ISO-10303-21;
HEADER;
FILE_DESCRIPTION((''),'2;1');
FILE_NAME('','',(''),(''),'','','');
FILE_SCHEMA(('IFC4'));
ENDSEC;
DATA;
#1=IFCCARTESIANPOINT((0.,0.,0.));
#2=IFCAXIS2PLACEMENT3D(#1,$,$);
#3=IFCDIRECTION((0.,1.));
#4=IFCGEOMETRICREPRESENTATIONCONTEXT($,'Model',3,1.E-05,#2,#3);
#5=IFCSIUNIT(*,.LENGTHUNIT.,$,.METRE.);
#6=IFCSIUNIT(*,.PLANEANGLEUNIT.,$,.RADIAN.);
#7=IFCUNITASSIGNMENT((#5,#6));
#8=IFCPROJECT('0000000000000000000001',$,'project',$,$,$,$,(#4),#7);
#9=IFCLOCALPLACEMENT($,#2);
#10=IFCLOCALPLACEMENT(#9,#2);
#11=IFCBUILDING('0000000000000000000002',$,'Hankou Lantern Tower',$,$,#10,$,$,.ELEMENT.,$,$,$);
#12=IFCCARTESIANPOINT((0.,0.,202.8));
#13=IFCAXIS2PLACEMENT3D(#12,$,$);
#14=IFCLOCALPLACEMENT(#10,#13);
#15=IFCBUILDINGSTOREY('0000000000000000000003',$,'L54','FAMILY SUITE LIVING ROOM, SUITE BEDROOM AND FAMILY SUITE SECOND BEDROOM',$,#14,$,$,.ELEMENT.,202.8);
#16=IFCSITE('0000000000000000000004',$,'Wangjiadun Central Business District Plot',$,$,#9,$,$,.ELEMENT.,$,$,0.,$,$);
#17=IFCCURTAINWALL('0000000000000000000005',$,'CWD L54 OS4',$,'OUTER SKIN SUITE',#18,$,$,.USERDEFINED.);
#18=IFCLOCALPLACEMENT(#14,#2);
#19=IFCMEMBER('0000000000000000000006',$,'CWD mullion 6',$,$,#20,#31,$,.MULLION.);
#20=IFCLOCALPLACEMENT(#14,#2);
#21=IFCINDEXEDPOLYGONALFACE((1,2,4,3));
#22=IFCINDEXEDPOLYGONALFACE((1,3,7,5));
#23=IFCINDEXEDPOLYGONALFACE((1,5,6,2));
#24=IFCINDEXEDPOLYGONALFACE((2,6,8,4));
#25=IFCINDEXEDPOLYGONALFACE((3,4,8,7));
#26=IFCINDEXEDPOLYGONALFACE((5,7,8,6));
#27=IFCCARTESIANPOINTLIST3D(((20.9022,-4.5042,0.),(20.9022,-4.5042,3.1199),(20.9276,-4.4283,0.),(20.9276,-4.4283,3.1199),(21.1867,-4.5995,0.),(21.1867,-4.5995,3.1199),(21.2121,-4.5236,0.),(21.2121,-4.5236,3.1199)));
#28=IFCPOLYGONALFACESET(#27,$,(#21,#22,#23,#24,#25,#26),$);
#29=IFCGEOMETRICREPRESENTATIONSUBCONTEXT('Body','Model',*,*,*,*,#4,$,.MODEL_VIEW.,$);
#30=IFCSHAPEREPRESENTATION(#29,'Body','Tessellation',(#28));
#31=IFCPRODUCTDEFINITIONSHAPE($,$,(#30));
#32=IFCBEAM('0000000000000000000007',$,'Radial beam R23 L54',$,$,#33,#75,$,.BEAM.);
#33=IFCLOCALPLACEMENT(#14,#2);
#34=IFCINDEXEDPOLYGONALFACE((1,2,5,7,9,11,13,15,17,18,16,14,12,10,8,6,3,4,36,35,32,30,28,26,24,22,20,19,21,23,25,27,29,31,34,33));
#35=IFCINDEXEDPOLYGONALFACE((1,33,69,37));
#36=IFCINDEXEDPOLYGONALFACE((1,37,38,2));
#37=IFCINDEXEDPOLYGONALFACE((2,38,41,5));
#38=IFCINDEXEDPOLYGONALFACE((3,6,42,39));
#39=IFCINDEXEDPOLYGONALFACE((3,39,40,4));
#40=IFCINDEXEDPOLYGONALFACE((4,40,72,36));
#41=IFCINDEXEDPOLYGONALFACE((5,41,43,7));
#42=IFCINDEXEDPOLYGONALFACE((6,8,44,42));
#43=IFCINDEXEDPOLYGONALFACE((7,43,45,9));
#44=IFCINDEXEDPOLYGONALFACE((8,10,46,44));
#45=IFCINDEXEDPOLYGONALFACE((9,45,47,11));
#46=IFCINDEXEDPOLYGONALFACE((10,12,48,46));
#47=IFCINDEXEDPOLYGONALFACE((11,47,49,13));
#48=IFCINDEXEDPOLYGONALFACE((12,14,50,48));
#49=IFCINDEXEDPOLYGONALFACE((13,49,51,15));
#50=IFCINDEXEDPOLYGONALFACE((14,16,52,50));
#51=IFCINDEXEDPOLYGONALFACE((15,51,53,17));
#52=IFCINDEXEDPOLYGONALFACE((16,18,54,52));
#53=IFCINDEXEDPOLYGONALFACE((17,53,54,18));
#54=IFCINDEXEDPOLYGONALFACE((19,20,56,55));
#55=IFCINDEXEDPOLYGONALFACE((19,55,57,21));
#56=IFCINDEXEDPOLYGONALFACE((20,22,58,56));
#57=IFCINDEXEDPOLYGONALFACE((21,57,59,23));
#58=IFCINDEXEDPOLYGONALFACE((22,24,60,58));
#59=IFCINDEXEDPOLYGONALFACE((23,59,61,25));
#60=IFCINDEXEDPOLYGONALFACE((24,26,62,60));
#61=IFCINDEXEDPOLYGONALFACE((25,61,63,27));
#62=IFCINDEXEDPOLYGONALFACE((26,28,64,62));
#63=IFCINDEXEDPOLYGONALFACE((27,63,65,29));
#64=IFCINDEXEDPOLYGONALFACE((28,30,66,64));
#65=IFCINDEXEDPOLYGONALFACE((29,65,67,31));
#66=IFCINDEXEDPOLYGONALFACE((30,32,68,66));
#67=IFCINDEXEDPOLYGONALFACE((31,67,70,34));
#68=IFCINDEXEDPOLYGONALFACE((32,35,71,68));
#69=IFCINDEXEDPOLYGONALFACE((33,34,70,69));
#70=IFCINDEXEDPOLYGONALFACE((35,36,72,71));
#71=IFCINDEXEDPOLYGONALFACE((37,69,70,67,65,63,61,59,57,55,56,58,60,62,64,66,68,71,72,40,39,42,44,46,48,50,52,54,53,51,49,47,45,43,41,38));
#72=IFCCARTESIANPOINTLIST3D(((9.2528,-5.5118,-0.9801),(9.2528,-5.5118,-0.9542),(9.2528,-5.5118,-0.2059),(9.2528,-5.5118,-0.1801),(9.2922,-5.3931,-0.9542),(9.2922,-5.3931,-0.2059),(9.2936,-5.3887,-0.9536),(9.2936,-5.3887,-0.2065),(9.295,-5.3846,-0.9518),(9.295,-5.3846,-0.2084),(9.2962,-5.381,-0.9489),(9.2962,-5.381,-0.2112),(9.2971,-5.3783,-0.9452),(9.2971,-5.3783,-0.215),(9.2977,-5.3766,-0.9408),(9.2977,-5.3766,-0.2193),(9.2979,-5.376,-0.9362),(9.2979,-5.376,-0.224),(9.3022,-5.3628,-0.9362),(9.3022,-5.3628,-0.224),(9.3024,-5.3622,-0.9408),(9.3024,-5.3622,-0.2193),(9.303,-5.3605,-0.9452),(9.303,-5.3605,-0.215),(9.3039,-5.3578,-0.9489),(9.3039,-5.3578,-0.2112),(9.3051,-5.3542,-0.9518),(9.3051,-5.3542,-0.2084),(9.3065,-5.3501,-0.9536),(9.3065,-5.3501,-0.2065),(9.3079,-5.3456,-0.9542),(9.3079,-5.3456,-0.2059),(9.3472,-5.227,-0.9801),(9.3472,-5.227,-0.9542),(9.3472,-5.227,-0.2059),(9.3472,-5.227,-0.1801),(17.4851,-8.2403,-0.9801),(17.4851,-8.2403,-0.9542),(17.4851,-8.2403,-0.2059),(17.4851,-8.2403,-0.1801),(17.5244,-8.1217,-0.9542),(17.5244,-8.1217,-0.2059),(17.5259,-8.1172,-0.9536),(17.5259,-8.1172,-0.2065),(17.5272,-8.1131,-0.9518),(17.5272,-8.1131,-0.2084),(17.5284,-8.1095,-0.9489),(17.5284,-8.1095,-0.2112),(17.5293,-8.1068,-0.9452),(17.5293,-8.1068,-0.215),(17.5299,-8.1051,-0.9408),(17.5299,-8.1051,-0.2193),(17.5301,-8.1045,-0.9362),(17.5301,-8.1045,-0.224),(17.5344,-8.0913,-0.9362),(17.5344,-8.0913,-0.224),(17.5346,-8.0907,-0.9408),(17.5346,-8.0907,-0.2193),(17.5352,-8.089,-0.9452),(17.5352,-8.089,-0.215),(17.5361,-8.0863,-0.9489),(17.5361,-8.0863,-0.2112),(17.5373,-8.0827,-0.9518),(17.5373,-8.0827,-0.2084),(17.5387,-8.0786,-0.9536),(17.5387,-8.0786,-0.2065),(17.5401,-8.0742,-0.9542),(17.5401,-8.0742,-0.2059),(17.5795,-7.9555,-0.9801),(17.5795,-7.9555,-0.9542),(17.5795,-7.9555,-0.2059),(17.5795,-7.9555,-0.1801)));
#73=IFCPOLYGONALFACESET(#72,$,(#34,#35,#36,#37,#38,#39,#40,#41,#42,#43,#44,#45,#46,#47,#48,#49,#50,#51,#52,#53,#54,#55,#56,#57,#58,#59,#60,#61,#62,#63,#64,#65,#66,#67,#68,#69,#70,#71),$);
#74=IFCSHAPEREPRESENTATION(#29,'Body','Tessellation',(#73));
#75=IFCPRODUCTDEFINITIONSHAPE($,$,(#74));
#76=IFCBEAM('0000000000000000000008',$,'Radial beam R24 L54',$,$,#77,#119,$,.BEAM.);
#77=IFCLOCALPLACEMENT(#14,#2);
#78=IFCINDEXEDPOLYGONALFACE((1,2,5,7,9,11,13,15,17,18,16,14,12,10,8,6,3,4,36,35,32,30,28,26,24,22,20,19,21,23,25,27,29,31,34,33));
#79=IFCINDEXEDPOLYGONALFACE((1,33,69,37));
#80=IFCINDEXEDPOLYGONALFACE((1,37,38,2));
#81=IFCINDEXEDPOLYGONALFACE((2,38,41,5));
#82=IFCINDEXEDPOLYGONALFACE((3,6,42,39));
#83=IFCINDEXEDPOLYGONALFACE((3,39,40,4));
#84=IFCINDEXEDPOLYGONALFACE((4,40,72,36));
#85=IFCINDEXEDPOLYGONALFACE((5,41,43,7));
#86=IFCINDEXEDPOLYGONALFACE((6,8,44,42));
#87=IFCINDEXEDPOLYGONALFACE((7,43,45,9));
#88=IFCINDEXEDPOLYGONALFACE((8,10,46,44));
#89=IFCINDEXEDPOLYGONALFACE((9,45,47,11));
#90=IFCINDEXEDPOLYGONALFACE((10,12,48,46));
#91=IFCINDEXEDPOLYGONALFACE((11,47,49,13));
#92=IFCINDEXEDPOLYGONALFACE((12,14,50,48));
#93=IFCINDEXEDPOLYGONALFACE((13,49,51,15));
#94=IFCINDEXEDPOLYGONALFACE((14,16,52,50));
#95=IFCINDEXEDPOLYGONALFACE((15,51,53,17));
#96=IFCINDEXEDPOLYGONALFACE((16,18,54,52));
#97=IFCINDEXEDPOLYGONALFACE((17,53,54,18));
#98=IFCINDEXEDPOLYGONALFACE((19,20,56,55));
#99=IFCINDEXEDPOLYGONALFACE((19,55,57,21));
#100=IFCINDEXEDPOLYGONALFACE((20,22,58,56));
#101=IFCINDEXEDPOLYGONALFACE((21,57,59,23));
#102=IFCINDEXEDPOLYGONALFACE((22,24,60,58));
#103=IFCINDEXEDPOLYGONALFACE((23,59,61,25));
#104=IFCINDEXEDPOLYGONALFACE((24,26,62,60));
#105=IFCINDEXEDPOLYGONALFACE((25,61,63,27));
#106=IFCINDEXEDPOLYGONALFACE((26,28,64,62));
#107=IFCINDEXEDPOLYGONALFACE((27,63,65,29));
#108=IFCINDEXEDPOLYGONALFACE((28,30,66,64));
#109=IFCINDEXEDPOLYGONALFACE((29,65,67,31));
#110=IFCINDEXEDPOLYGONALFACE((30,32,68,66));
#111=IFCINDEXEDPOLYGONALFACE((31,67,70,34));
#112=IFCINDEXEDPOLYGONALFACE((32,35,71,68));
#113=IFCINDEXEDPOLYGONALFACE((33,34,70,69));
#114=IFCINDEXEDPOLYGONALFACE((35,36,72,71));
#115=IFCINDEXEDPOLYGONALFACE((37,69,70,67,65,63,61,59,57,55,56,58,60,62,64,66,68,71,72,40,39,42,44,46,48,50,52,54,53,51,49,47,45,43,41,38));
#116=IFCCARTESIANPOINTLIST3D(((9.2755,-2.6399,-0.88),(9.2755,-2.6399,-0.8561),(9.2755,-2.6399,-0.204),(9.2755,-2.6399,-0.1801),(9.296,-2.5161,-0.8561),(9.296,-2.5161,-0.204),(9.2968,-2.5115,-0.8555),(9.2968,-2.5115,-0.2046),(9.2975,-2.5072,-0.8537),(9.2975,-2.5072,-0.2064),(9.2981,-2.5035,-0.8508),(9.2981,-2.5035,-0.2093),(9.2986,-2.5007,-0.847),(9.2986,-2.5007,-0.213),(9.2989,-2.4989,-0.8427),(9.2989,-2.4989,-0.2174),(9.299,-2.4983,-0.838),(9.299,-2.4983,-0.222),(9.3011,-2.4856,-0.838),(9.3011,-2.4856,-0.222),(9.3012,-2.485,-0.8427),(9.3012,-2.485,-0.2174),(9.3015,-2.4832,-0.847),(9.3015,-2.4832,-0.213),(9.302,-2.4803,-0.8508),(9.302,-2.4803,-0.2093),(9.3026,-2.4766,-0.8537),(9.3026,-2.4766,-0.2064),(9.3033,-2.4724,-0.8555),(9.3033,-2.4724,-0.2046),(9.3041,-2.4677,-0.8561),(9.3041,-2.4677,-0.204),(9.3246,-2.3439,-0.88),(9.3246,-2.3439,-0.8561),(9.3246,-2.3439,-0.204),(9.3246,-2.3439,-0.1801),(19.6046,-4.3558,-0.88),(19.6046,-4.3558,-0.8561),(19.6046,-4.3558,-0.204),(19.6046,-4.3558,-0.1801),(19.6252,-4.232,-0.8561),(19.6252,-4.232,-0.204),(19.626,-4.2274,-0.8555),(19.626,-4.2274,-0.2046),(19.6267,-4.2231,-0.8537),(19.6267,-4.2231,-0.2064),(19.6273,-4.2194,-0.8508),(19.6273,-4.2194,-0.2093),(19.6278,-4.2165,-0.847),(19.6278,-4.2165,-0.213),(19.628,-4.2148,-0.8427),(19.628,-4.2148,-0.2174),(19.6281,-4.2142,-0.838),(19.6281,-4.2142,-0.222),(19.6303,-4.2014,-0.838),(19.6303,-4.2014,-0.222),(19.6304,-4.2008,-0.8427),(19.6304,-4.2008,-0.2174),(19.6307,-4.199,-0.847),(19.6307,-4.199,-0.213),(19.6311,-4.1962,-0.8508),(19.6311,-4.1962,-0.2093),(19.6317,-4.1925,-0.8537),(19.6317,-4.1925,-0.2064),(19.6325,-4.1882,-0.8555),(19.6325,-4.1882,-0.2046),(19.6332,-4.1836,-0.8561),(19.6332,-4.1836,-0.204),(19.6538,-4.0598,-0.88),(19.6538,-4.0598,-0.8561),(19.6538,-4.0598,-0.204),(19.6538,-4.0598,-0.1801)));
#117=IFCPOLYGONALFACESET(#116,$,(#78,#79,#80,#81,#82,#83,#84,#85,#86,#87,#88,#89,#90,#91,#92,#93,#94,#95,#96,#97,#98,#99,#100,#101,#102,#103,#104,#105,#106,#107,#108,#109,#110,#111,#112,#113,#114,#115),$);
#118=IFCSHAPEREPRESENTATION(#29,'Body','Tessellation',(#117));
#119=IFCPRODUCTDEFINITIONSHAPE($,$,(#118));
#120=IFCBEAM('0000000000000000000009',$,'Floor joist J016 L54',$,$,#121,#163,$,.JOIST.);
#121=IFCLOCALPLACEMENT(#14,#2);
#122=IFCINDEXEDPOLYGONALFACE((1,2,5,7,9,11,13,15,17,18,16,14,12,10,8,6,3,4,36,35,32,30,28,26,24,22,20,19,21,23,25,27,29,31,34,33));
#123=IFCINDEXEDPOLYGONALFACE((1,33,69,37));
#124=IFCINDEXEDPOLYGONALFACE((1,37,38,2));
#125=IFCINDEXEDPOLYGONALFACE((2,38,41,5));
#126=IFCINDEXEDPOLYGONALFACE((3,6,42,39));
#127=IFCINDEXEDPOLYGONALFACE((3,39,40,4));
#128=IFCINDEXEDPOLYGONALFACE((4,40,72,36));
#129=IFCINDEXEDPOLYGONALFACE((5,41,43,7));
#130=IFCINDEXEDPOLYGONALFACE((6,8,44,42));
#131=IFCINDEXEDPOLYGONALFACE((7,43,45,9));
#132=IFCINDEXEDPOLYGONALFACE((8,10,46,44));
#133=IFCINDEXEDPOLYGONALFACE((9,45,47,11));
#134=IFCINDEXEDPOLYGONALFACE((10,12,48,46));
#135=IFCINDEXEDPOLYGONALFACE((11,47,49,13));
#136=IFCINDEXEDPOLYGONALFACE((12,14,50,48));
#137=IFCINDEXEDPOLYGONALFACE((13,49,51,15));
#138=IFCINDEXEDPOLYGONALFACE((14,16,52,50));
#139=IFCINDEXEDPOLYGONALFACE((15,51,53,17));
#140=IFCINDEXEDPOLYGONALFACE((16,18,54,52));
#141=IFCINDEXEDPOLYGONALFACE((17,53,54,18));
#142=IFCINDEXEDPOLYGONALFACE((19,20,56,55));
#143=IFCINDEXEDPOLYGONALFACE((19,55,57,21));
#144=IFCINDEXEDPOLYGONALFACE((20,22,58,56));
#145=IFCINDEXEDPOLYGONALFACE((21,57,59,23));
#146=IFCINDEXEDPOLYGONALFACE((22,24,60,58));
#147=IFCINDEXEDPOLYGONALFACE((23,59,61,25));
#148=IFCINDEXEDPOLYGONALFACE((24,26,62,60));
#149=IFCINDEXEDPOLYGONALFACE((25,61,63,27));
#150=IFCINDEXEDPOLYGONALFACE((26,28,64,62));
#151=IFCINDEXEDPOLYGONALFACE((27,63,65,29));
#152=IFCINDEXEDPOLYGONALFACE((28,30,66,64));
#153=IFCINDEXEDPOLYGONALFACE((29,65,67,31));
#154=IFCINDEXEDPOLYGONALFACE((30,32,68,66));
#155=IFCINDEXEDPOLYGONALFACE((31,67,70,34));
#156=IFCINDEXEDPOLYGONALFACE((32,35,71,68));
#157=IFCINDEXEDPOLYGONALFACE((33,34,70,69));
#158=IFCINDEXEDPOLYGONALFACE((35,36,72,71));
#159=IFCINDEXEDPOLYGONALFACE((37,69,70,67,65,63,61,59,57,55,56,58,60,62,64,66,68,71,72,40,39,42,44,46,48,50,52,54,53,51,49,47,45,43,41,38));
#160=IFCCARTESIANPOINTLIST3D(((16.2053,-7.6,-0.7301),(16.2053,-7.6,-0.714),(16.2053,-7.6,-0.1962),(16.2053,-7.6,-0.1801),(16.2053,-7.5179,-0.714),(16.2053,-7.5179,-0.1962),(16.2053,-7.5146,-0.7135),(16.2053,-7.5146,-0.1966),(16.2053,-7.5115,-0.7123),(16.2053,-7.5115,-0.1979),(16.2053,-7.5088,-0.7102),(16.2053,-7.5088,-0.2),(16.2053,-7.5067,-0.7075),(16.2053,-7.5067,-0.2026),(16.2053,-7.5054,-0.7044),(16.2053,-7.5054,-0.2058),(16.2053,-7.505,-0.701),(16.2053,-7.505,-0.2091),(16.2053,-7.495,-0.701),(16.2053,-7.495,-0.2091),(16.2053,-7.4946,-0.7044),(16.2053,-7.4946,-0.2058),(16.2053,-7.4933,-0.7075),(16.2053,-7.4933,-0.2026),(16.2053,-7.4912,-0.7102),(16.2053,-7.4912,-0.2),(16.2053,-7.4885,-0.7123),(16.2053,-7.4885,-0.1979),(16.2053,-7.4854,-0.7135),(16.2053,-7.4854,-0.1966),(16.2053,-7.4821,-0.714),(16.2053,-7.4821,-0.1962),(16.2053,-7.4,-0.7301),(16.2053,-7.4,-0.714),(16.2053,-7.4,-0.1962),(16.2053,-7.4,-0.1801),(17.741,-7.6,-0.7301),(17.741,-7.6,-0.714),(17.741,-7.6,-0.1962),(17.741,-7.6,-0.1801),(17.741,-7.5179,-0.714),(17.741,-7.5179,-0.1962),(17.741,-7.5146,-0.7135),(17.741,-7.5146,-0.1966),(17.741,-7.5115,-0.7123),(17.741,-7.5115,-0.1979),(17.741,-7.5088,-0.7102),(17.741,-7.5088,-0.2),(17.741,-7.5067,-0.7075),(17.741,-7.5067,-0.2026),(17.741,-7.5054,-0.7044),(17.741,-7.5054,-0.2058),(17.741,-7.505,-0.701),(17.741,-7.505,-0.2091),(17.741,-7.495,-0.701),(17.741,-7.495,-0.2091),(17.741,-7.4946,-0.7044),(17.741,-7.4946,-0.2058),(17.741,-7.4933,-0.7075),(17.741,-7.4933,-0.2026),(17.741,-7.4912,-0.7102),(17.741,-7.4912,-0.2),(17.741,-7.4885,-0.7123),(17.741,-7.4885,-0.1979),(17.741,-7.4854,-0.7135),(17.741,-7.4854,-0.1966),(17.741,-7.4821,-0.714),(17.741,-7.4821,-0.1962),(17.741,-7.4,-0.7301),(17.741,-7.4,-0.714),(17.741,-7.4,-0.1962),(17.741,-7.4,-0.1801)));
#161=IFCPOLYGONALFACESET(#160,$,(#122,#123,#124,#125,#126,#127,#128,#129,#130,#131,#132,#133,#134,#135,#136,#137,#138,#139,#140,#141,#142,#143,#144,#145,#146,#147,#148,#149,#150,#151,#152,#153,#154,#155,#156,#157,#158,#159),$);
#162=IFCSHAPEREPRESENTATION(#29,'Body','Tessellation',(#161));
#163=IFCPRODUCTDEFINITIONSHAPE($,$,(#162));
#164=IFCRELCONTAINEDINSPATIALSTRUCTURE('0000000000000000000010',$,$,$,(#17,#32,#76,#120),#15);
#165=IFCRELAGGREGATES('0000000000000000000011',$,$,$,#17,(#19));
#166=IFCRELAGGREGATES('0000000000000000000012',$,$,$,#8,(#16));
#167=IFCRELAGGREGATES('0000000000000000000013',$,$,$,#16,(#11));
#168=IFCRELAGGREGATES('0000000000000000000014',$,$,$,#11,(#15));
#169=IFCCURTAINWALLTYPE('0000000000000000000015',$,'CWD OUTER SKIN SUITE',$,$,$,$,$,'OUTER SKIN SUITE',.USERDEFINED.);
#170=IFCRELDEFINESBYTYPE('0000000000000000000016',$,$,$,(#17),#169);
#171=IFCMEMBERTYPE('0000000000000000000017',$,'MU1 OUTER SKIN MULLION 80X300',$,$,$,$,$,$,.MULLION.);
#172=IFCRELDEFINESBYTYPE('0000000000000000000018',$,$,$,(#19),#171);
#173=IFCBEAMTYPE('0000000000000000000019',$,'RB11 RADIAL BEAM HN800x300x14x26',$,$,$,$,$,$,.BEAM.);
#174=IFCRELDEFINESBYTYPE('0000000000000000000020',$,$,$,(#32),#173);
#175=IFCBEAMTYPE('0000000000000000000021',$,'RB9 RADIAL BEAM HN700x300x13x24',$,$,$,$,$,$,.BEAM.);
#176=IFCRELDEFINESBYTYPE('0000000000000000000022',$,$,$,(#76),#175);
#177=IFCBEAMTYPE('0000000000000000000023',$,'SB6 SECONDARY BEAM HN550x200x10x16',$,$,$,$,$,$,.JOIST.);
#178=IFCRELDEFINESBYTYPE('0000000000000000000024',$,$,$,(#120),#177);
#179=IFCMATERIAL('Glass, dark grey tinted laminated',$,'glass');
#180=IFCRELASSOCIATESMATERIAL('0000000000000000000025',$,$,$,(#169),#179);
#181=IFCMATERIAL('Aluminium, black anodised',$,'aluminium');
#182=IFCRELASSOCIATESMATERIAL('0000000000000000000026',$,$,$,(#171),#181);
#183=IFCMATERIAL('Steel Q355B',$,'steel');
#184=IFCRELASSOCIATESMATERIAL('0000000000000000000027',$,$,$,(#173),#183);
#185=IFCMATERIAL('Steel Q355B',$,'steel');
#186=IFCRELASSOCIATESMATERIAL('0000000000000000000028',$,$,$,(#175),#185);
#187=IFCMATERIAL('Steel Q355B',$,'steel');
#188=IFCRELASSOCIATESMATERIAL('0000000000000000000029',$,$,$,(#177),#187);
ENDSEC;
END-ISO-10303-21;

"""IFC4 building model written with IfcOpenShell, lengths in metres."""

from ifc_helpers import new_model, si_unit, direction, frame, origin, origin_2d, place, context, subcontext, project, spatial, rectangle, i_section, extrude, material, material_profile, profile_set, type_object, element, aggregate, save


model = new_model("IFC4")

# Units and contexts
model_context = context("Model", 3, precision=1e-05, world=origin(), true_north=direction((0.0, 1.0)))
body_context = subcontext(model_context, "Body", "Model", "MODEL_VIEW")
ifc_project = project(units=[si_unit("LENGTHUNIT", "METRE"), si_unit("PLANEANGLEUNIT", "RADIAN")], contexts=[model_context])

# Site, building, storey
site_placement = place(None, origin())
site = spatial("IfcSite", under=ifc_project, at=site_placement, Name="Wangjiadun Central Business District Plot", CompositionType="ELEMENT", RefElevation=0.0)
building_placement = place(site_placement, origin())
building = spatial("IfcBuilding", under=site, at=building_placement, Name="Hankou Lantern Tower", CompositionType="ELEMENT")
storey_placement = place(building_placement, frame((0.0, 0.0, 202.8)))
storey = spatial("IfcBuildingStorey", under=building, at=storey_placement, Name="L54", Description="FAMILY SUITE LIVING ROOM, SUITE BEDROOM AND FAMILY SUITE SECOND BEDROOM", CompositionType="ELEMENT", Elevation=202.8)

# Curtain wall, member
ifc_material_1 = material(Name="Glass, dark grey tinted laminated", Category="glass")
curtain_wall_type = type_object("IfcCurtainWallType", Name="CWD OUTER SKIN SUITE", ElementType="OUTER SKIN SUITE", PredefinedType="USERDEFINED", material=ifc_material_1)
curtain_wall_placement = place(storey_placement, origin())
curtain_wall = element("IfcCurtainWall", 1, at=curtain_wall_placement, inside=storey, type_object=curtain_wall_type, Name="CWD L54 OS4", ObjectType="OUTER SKIN SUITE", PredefinedType="USERDEFINED")
ifc_material_2 = material(Name="Aluminium, black anodised", Category="aluminium")
ifc_material_profile_1 = material_profile(ifc_material_2, rectangle(XDim=0.0801, YDim=0.3, at=origin_2d()), Name="MU1 80X300")
ifc_profile_set_1 = profile_set([ifc_material_profile_1], Name="Aluminium, black anodised")
member_type_1 = type_object("IfcMemberType", Name="MU1 OUTER SKIN MULLION 80X300", PredefinedType="MULLION", material=ifc_profile_set_1)
member_1_placement = place(storey_placement, frame((21.0571, -4.5139, 0.0), z_axis=(0.0, 0.0, 1.0), x_axis=(0.317596, 0.948226, 0.0)))
member_1 = element("IfcMember", 2, at=member_1_placement, type_object=member_type_1, Name="CWD mullion 6", PredefinedType="MULLION", context=body_context, shape_type="SweptSolid", body=[
    extrude(rectangle(XDim=0.0801, YDim=0.3, at=origin_2d()), origin(), (0.0, 0.0, 1.0), 3.1199),
])

# Beams
ifc_material_3 = material(Name="Steel Q355B", Category="steel")
ifc_material_profile_2 = material_profile(ifc_material_3, i_section(OverallWidth=0.3, OverallDepth=0.8, WebThickness=0.0139, FlangeThickness=0.0259, FilletRadius=0.0181, at=origin_2d()), Name="HN800x300x14x26")
ifc_profile_set_2 = profile_set([ifc_material_profile_2], Name="Steel Q355B")
beam_type_1 = type_object("IfcBeamType", Name="RB11 RADIAL BEAM HN800x300x14x26", PredefinedType="BEAM", material=ifc_profile_set_2)
beam_1_placement = place(storey_placement, frame((9.3, -5.3694, -0.5801), z_axis=(0.94922, -0.314614, 0.0), x_axis=(0.314614, 0.94922, 0.0)))
element("IfcBeam", 3, at=beam_1_placement, inside=storey, type_object=beam_type_1, Name="Radial beam R23 L54", PredefinedType="BEAM", context=body_context, shape_type="SweptSolid", body=[
    extrude(i_section(OverallWidth=0.3, OverallDepth=0.8, WebThickness=0.0139, FlangeThickness=0.0259, FilletRadius=0.0181, at=origin_2d()), origin(), (0.0, 0.0, 1.0), 8.6726),
])
ifc_material_4 = material(Name="Steel Q355B", Category="steel")
ifc_material_profile_3 = material_profile(ifc_material_4, i_section(OverallWidth=0.3, OverallDepth=0.7, WebThickness=0.0129, FlangeThickness=0.0239, FilletRadius=0.0181, at=origin_2d()), Name="HN700x300x13x24")
ifc_profile_set_3 = profile_set([ifc_material_profile_3], Name="Steel Q355B")
beam_type_2 = type_object("IfcBeamType", Name="RB9 RADIAL BEAM HN700x300x13x24", PredefinedType="BEAM", material=ifc_profile_set_3)
beam_2_placement = place(storey_placement, frame((9.3, -2.4919, -0.53), z_axis=(0.986482, -0.16387, 0.0), x_axis=(0.16387, 0.986482, 0.0)))
element("IfcBeam", 4, at=beam_2_placement, inside=storey, type_object=beam_type_2, Name="Radial beam R24 L54", PredefinedType="BEAM", context=body_context, shape_type="SweptSolid", body=[
    extrude(i_section(OverallWidth=0.3, OverallDepth=0.7, WebThickness=0.0129, FlangeThickness=0.0239, FilletRadius=0.0181, at=origin_2d()), origin(), (0.0, 0.0, 1.0), 10.4707),
])
ifc_material_5 = material(Name="Steel Q355B", Category="steel")
ifc_material_profile_4 = material_profile(ifc_material_5, i_section(OverallWidth=0.2, OverallDepth=0.55, WebThickness=0.01, FlangeThickness=0.0161, FilletRadius=0.0129, at=origin_2d()), Name="HN550x200x10x16")
ifc_profile_set_4 = profile_set([ifc_material_profile_4], Name="Steel Q355B")
beam_type_3 = type_object("IfcBeamType", Name="SB6 SECONDARY BEAM HN550x200x10x16", PredefinedType="JOIST", material=ifc_profile_set_4)
beam_3_placement = place(storey_placement, frame((16.2053, -7.5, -0.4551), z_axis=(1.0, 0.0, 0.0), x_axis=(0.0, 1.0, 0.0)))
element("IfcBeam", 5, at=beam_3_placement, inside=storey, type_object=beam_type_3, Name="Floor joist J016 L54", PredefinedType="JOIST", context=body_context, shape_type="SweptSolid", body=[
    extrude(i_section(OverallWidth=0.2, OverallDepth=0.55, WebThickness=0.01, FlangeThickness=0.0161, FilletRadius=0.0129, at=origin_2d()), origin(), (0.0, 0.0, 1.0), 1.5356),
])

aggregate(curtain_wall, [member_1])

save(model, "model.ifc")
